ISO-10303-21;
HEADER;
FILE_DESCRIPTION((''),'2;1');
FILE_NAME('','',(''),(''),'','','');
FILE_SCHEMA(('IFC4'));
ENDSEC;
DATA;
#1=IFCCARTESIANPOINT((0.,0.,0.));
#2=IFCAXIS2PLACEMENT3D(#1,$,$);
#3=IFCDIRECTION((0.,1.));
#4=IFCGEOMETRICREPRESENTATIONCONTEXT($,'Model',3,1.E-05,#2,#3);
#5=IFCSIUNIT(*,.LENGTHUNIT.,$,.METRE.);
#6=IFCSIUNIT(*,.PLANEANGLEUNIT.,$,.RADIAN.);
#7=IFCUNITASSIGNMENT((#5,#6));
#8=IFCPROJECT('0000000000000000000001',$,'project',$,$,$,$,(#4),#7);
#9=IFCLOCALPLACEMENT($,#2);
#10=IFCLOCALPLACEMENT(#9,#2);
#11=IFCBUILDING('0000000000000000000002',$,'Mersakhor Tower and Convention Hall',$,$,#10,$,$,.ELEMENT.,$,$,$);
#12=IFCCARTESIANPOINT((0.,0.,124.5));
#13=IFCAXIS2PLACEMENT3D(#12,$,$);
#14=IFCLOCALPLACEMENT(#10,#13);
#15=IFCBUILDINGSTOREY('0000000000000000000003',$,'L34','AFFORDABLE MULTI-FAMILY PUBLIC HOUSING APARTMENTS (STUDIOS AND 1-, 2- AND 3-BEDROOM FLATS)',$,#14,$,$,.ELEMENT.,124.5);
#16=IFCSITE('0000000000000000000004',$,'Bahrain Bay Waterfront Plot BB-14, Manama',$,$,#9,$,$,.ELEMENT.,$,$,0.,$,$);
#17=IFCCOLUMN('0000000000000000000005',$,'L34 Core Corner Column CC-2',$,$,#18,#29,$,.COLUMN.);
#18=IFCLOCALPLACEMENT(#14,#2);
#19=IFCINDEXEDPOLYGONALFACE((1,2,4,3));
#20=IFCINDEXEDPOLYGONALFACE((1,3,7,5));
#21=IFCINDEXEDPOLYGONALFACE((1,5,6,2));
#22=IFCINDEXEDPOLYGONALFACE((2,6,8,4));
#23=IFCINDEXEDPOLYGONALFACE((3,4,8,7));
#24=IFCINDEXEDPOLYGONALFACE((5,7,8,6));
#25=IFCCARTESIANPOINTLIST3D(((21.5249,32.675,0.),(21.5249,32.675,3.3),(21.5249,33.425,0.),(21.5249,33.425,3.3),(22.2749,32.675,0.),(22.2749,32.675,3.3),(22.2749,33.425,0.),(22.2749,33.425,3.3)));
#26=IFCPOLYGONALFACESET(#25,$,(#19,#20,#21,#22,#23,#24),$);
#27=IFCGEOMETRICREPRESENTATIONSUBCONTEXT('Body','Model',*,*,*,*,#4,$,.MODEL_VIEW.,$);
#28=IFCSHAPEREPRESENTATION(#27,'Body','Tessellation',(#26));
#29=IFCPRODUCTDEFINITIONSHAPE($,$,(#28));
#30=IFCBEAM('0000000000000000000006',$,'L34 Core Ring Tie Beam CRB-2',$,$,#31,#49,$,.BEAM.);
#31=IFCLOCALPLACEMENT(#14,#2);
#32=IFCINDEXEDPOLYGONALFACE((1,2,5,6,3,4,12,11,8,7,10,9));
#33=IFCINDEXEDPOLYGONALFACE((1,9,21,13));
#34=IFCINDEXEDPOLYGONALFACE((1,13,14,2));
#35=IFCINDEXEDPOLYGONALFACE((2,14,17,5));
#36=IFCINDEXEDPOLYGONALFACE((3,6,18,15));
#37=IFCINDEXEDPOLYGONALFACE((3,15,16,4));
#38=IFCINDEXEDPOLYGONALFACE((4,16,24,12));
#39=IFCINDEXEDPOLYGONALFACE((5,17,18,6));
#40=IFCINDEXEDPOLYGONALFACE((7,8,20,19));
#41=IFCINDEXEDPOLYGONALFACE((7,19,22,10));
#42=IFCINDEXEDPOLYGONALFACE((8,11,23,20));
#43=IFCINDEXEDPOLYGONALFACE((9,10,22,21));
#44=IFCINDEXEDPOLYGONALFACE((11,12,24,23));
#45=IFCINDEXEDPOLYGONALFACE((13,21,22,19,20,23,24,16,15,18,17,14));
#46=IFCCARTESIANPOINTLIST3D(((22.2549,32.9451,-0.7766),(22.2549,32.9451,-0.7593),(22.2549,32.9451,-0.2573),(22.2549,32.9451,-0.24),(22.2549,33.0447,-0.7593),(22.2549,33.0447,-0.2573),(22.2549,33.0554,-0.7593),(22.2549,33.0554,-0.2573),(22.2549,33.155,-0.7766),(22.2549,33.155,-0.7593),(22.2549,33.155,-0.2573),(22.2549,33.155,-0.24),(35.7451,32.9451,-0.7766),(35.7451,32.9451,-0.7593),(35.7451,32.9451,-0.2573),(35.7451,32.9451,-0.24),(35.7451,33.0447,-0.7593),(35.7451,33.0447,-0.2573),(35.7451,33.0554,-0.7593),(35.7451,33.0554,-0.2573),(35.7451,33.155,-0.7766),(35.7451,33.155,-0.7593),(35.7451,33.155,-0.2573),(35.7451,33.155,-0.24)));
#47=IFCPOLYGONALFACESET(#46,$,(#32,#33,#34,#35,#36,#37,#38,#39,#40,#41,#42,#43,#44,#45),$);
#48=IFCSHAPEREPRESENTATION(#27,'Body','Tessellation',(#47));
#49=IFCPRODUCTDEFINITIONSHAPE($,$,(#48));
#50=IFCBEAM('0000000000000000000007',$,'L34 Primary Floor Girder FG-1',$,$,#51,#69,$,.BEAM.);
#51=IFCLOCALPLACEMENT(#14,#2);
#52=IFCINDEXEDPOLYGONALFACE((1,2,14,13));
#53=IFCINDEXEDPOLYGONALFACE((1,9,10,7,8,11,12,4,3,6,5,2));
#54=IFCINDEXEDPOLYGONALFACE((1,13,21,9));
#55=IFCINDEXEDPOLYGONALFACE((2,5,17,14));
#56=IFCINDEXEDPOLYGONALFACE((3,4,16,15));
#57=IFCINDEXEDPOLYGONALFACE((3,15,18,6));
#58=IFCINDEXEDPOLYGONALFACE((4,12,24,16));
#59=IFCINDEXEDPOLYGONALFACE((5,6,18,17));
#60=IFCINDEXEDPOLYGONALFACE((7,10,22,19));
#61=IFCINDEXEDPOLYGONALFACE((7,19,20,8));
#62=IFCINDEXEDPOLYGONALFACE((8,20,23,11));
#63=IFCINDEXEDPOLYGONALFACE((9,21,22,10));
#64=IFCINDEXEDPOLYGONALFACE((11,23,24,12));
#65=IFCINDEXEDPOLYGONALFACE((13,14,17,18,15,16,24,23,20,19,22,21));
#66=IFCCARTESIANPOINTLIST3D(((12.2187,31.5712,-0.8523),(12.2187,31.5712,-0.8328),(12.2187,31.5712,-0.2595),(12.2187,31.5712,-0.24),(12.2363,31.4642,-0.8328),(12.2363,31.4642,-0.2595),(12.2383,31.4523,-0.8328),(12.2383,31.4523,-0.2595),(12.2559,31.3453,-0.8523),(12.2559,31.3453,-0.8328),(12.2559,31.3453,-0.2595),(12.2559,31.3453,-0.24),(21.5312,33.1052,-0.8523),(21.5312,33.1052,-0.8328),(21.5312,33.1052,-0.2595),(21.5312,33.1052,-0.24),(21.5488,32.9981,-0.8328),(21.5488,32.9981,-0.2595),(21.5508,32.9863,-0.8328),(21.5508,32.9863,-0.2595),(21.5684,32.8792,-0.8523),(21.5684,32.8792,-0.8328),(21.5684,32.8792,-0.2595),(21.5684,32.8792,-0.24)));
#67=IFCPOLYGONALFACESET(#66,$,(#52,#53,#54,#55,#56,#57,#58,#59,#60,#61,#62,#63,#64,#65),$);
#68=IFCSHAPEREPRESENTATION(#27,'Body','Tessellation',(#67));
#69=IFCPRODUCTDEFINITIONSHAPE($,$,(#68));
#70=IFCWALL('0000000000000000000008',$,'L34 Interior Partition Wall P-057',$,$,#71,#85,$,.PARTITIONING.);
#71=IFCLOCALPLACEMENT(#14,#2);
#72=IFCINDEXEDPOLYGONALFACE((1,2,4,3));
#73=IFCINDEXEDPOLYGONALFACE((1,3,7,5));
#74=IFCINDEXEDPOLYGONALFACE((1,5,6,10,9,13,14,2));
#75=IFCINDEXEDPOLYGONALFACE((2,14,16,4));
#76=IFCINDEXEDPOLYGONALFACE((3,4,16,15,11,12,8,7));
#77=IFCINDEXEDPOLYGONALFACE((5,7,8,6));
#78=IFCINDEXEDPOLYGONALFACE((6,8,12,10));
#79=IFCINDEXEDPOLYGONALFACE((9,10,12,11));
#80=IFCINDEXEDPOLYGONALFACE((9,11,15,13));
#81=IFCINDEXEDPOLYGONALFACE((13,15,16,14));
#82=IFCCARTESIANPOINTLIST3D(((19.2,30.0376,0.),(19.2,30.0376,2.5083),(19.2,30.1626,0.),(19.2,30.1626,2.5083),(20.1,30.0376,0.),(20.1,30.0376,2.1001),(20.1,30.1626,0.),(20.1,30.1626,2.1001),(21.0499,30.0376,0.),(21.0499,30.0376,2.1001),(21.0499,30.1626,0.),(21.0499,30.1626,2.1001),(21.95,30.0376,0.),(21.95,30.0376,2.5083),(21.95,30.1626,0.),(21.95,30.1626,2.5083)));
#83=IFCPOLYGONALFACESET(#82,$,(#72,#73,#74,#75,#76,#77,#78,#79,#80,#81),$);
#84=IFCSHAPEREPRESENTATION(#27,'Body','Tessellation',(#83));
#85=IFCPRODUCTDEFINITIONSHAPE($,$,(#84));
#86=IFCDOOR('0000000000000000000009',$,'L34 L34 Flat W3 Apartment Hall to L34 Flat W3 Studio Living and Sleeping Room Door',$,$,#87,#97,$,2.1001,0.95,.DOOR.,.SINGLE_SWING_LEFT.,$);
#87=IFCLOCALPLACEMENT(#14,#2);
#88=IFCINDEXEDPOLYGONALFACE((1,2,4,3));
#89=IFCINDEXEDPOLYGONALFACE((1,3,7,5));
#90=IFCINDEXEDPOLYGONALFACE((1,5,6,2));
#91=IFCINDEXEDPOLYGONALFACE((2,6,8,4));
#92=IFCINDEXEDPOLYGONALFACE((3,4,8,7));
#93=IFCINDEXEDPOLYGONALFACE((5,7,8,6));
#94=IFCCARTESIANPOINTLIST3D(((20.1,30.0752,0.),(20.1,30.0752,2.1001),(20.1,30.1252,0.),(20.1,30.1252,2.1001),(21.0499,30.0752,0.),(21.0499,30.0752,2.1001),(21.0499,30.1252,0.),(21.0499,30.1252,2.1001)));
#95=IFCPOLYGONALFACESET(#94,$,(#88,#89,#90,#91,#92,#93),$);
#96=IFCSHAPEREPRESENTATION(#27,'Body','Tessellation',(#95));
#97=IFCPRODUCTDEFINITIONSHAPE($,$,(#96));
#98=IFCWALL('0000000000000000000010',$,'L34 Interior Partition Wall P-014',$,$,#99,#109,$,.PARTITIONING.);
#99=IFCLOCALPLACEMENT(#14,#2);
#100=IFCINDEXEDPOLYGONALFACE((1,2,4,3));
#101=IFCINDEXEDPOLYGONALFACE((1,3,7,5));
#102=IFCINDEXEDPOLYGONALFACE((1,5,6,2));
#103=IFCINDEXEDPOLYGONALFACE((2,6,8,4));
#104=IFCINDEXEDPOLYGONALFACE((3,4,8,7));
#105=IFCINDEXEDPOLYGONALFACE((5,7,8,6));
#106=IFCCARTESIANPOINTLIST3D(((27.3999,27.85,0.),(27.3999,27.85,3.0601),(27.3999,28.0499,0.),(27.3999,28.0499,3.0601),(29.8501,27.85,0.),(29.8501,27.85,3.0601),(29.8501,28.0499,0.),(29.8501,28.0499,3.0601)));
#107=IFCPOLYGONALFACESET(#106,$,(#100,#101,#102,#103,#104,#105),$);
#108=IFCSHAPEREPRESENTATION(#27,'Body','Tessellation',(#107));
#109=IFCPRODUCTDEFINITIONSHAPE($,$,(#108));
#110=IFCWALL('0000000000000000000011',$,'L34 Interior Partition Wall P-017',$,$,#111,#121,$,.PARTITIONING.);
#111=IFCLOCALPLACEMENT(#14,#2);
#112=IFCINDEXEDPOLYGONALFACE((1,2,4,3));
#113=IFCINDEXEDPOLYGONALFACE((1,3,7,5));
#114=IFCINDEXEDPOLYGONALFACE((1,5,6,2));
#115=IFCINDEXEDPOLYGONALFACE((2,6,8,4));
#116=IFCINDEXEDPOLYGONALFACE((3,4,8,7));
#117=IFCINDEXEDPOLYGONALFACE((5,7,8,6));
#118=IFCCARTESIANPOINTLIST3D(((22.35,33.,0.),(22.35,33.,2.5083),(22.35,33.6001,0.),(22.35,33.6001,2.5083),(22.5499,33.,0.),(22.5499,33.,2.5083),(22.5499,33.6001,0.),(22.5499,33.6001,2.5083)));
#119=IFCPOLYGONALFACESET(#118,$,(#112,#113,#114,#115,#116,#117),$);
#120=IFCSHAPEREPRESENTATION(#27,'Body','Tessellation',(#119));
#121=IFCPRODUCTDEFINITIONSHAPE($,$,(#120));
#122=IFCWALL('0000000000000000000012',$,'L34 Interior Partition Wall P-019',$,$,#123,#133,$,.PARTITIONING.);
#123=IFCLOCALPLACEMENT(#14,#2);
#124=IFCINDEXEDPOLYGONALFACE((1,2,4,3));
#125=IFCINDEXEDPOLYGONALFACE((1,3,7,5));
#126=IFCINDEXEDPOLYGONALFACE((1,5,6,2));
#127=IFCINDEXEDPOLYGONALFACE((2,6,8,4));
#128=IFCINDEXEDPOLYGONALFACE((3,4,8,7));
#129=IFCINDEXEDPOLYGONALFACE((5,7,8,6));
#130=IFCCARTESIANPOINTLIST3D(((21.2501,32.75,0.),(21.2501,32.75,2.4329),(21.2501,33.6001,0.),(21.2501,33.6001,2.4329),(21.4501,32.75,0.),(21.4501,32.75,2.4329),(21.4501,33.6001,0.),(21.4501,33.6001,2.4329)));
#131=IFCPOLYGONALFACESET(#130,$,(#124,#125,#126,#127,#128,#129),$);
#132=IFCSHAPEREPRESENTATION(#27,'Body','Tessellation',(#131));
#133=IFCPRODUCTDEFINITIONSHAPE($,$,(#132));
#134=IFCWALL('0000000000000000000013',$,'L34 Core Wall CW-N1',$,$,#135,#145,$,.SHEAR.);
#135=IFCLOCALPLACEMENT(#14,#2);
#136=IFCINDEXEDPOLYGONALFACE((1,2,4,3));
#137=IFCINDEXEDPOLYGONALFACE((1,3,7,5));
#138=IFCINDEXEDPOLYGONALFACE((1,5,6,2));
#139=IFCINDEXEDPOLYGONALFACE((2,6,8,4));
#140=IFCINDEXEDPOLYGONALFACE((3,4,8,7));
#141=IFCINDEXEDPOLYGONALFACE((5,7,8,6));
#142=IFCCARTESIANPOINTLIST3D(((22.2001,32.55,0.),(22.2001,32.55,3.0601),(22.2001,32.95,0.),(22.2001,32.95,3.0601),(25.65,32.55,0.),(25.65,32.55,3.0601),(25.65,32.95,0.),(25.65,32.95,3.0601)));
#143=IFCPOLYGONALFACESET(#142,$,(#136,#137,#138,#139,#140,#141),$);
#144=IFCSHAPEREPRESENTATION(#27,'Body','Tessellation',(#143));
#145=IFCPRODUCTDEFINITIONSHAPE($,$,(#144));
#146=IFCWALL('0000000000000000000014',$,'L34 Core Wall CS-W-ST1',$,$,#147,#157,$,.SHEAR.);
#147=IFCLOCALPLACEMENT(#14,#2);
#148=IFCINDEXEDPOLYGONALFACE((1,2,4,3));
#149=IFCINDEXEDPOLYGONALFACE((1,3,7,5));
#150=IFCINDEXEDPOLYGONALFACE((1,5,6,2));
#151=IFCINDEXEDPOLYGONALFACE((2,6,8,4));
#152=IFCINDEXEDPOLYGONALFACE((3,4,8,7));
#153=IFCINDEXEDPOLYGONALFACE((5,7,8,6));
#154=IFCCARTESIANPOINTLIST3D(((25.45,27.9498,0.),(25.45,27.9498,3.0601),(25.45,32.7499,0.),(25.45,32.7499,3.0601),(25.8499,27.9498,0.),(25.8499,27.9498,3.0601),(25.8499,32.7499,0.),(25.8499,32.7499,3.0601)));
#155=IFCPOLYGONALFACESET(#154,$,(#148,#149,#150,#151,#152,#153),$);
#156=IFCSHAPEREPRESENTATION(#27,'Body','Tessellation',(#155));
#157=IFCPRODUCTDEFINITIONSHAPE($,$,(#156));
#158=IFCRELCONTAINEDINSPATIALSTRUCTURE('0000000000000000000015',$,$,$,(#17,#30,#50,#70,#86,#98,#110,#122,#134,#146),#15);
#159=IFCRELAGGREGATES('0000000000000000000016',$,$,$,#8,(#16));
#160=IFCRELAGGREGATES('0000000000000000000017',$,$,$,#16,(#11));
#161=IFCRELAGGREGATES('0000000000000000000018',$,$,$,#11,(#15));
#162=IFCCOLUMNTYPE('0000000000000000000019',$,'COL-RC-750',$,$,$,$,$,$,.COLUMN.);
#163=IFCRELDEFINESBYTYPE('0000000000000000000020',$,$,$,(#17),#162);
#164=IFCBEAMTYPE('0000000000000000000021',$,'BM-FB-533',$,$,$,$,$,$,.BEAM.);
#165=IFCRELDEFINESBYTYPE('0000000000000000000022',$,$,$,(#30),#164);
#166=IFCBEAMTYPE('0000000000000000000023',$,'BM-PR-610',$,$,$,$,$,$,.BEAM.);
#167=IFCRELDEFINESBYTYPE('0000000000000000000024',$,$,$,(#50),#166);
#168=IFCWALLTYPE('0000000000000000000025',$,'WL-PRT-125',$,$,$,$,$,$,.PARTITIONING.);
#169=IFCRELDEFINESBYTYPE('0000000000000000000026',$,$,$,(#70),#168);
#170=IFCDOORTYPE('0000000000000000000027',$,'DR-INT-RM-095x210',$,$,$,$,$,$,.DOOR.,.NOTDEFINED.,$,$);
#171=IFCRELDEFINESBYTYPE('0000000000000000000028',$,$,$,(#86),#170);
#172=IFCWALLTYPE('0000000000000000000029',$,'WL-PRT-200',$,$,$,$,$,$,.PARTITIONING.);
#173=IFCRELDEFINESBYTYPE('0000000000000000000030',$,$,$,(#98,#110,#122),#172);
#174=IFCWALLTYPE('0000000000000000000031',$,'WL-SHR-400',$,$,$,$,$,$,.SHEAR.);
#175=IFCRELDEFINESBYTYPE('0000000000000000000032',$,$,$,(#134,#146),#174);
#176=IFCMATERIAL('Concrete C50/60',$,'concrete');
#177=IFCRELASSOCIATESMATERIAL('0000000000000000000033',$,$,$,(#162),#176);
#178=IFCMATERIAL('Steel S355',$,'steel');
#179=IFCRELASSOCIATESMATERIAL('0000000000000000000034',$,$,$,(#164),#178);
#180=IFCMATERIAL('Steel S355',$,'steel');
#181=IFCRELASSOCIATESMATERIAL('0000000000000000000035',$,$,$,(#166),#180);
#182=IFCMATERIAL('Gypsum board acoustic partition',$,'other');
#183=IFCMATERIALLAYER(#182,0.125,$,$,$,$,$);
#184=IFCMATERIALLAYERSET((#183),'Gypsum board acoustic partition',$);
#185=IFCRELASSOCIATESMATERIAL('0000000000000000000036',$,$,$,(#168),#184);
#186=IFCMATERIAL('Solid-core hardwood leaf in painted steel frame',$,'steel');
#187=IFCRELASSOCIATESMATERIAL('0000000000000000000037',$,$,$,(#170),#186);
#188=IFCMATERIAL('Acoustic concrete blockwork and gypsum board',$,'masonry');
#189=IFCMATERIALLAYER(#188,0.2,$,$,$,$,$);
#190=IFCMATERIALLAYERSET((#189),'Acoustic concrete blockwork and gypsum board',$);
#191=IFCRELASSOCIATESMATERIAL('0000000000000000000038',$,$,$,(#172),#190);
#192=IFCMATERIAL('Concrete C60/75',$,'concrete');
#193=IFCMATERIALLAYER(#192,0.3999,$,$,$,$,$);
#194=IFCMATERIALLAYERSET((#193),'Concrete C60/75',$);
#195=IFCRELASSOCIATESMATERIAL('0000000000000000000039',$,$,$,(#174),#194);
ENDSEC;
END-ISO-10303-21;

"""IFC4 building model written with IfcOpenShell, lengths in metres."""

from ifc_helpers import new_model, si_unit, direction, frame, frame_2d, origin, origin_2d, place, context, subcontext, project, spatial, rectangle, i_section, extrude, material, layer, layer_set, material_profile, profile_set, type_object, element, fill, save


model = new_model("IFC4")

# Units and contexts
model_context = context("Model", 3, precision=1e-05, world=origin(), true_north=direction((0.0, 1.0)))
body_context = subcontext(model_context, "Body", "Model", "MODEL_VIEW")
ifc_project = project(units=[si_unit("LENGTHUNIT", "METRE"), si_unit("PLANEANGLEUNIT", "RADIAN")], contexts=[model_context])

# Site, building, storey
site_placement = place(None, origin())
site = spatial("IfcSite", under=ifc_project, at=site_placement, Name="Bahrain Bay Waterfront Plot BB-14, Manama", CompositionType="ELEMENT", RefElevation=0.0)
building_placement = place(site_placement, origin())
building = spatial("IfcBuilding", under=site, at=building_placement, Name="Mersakhor Tower and Convention Hall", CompositionType="ELEMENT")
storey_placement = place(building_placement, frame((0.0, 0.0, 124.5)))
storey = spatial("IfcBuildingStorey", under=building, at=storey_placement, Name="L34", Description="AFFORDABLE MULTI-FAMILY PUBLIC HOUSING APARTMENTS (STUDIOS AND 1-, 2- AND 3-BEDROOM FLATS)", CompositionType="ELEMENT", Elevation=124.5)

# Column
ifc_material_1 = material(Name="Concrete C50/60", Category="concrete")
ifc_material_profile_1 = material_profile(ifc_material_1, rectangle(XDim=0.75, YDim=0.75, at=origin_2d()), Name="RC 750x750")
ifc_profile_set_1 = profile_set([ifc_material_profile_1], Name="Concrete C50/60")
column_type = type_object("IfcColumnType", Name="COL-RC-750", PredefinedType="COLUMN", material=ifc_profile_set_1)
column_placement = place(storey_placement, frame((21.8999, 33.05, 0.0), z_axis=(0.0, 0.0, 1.0), x_axis=(1.0, 0.0, 0.0)))
element("IfcColumn", 1, at=column_placement, inside=storey, type_object=column_type, Name="L34 Core Corner Column CC-2", PredefinedType="COLUMN", context=body_context, shape_type="SweptSolid", body=[
    extrude(rectangle(XDim=0.75, YDim=0.75, at=origin_2d()), origin(), (0.0, 0.0, 1.0), 3.3),
])

# Beams
ifc_material_2 = material(Name="Steel S355", Category="steel")
ifc_material_profile_2 = material_profile(ifc_material_2, i_section(OverallWidth=0.21, OverallDepth=0.5366, WebThickness=0.0107, FlangeThickness=0.0173, at=origin_2d()), Name="UB 533x210x101")
ifc_profile_set_2 = profile_set([ifc_material_profile_2], Name="Steel S355")
beam_type_1 = type_object("IfcBeamType", Name="BM-FB-533", PredefinedType="BEAM", material=ifc_profile_set_2)
beam_1_placement = place(storey_placement, frame((22.2549, 33.05, -0.5083), z_axis=(1.0, 0.0, 0.0), x_axis=(0.0, 1.0, 0.0)))
element("IfcBeam", 2, at=beam_1_placement, inside=storey, type_object=beam_type_1, Name="L34 Core Ring Tie Beam CRB-2", PredefinedType="BEAM", context=body_context, shape_type="SweptSolid", body=[
    extrude(i_section(OverallWidth=0.21, OverallDepth=0.5366, WebThickness=0.0107, FlangeThickness=0.0173, at=origin_2d()), origin(), (0.0, 0.0, 1.0), 13.4902),
])
ifc_material_3 = material(Name="Steel S355", Category="steel")
ifc_material_profile_3 = material_profile(ifc_material_3, i_section(OverallWidth=0.229, OverallDepth=0.6123, WebThickness=0.012, FlangeThickness=0.0195, at=origin_2d()), Name="UB 610x229x125")
ifc_profile_set_3 = profile_set([ifc_material_profile_3], Name="Steel S355")
beam_type_2 = type_object("IfcBeamType", Name="BM-PR-610", PredefinedType="BEAM", material=ifc_profile_set_3)
beam_2_placement = place(storey_placement, frame((21.5498, 32.9922, -0.5461), z_axis=(-0.986704, -0.162528, 0.0), x_axis=(0.162528, -0.986704, 0.0)))
element("IfcBeam", 3, at=beam_2_placement, inside=storey, type_object=beam_type_2, Name="L34 Primary Floor Girder FG-1", PredefinedType="BEAM", context=body_context, shape_type="SweptSolid", body=[
    extrude(i_section(OverallWidth=0.229, OverallDepth=0.6123, WebThickness=0.012, FlangeThickness=0.0195, at=origin_2d()), origin(), (0.0, 0.0, 1.0), 9.438),
])

# Wall, opening, door
ifc_material_4 = material(Name="Gypsum board acoustic partition", Category="other")
ifc_layer_1 = layer(ifc_material_4, 0.125)
ifc_layer_set_1 = layer_set([ifc_layer_1], Name="Gypsum board acoustic partition")
wall_type_1 = type_object("IfcWallType", Name="WL-PRT-125", PredefinedType="PARTITIONING", material=ifc_layer_set_1)
wall_1_placement = place(storey_placement, frame((21.95, 30.1001, 0.0), z_axis=(0.0, 0.0, 1.0), x_axis=(-1.0, 0.0, 0.0)))
wall_1 = element("IfcWall", 4, at=wall_1_placement, inside=storey, type_object=wall_type_1, Name="L34 Interior Partition Wall P-057", PredefinedType="PARTITIONING", context=body_context, shape_type="SweptSolid", body=[
    extrude(rectangle(XDim=2.75, YDim=0.125, at=frame_2d((1.375, 0.0))), origin(), (0.0, 0.0, 1.0), 2.5083),
])
opening_1_placement = place(wall_1_placement, frame((0.8999, 0.0, 0.0)))
opening_1 = element("IfcOpeningElement", 5, at=opening_1_placement, cuts=wall_1, PredefinedType="OPENING", context=body_context, shape_type="SweptSolid", body=[
    extrude(rectangle(XDim=0.95, YDim=2.1001, at=frame_2d((0.4751, 1.05))), frame((0.0, 0.0725, 0.0), z_axis=(0.0, -1.0, 0.0), x_axis=(1.0, 0.0, 0.0)), (0.0, 0.0, 1.0), 0.145),
])
ifc_material_5 = material(Name="Solid-core hardwood leaf in painted steel frame", Category="steel")
door_type_1 = type_object("IfcDoorType", Name="DR-INT-RM-095x210", OperationType="NOTDEFINED", PredefinedType="DOOR", material=ifc_material_5)
door_1_placement = place(opening_1_placement, origin())
door_1 = element("IfcDoor", 6, at=door_1_placement, inside=storey, type_object=door_type_1, Name="L34 L34 Flat W3 Apartment Hall to L34 Flat W3 Studio Living and Sleeping Room Door", OperationType="SINGLE_SWING_LEFT", OverallHeight=2.1001, OverallWidth=0.95, PredefinedType="DOOR", context=body_context, shape_type="SweptSolid", body=[
    extrude(rectangle(XDim=0.95, YDim=2.1001, at=frame_2d((0.4751, 1.05))), frame((0.0, 0.0249, 0.0), z_axis=(0.0, -1.0, 0.0), x_axis=(1.0, 0.0, 0.0)), (0.0, 0.0, 1.0), 0.05),
])
fill(opening_1, door_1)
ifc_material_6 = material(Name="Acoustic concrete blockwork and gypsum board", Category="masonry")
ifc_layer_2 = layer(ifc_material_6, 0.2)
ifc_layer_set_2 = layer_set([ifc_layer_2], Name="Acoustic concrete blockwork and gypsum board")
wall_type_2 = type_object("IfcWallType", Name="WL-PRT-200", PredefinedType="PARTITIONING", material=ifc_layer_set_2)

# Walls
wall_2_placement = place(storey_placement, frame((27.3999, 27.95, 0.0), z_axis=(0.0, 0.0, 1.0), x_axis=(1.0, 0.0, 0.0)))
element("IfcWall", 7, at=wall_2_placement, inside=storey, type_object=wall_type_2, Name="L34 Interior Partition Wall P-014", PredefinedType="PARTITIONING", context=body_context, shape_type="SweptSolid", body=[
    extrude(rectangle(XDim=2.4502, YDim=0.2, at=frame_2d((1.2251, 0.0))), origin(), (0.0, 0.0, 1.0), 3.0601),
])
wall_3_placement = place(storey_placement, frame((22.45, 33.0, 0.0), z_axis=(0.0, 0.0, 1.0), x_axis=(0.0, 1.0, 0.0)))
element("IfcWall", 8, at=wall_3_placement, inside=storey, type_object=wall_type_2, Name="L34 Interior Partition Wall P-017", PredefinedType="PARTITIONING", context=body_context, shape_type="SweptSolid", body=[
    extrude(rectangle(XDim=0.6001, YDim=0.2, at=frame_2d((0.3, 0.0))), origin(), (0.0, 0.0, 1.0), 2.5083),
])
wall_4_placement = place(storey_placement, frame((21.3501, 33.6001, 0.0), z_axis=(0.0, 0.0, 1.0), x_axis=(0.0, -1.0, 0.0)))
element("IfcWall", 9, at=wall_4_placement, inside=storey, type_object=wall_type_2, Name="L34 Interior Partition Wall P-019", PredefinedType="PARTITIONING", context=body_context, shape_type="SweptSolid", body=[
    extrude(rectangle(XDim=0.8501, YDim=0.2, at=frame_2d((0.425, 0.0))), origin(), (0.0, 0.0, 1.0), 2.4329),
])
ifc_material_7 = material(Name="Concrete C60/75", Category="concrete")
ifc_layer_3 = layer(ifc_material_7, 0.3999)
ifc_layer_set_3 = layer_set([ifc_layer_3], Name="Concrete C60/75")
wall_type_3 = type_object("IfcWallType", Name="WL-SHR-400", PredefinedType="SHEAR", material=ifc_layer_set_3)
wall_5_placement = place(storey_placement, frame((22.2, 32.75, 0.0), z_axis=(0.0, 0.0, 1.0), x_axis=(1.0, 0.0, 0.0)))
element("IfcWall", 10, at=wall_5_placement, inside=storey, type_object=wall_type_3, Name="L34 Core Wall CW-N1", PredefinedType="SHEAR", context=body_context, shape_type="SweptSolid", body=[
    extrude(rectangle(XDim=3.45, YDim=0.3999, at=frame_2d((1.7251, 0.0))), origin(), (0.0, 0.0, 1.0), 3.0601),
])

# Wall
wall_6_placement = place(storey_placement, frame((25.6499, 27.95, 0.0), z_axis=(0.0, 0.0, 1.0), x_axis=(0.0, 1.0, 0.0)))
element("IfcWall", 11, at=wall_6_placement, inside=storey, type_object=wall_type_3, Name="L34 Core Wall CS-W-ST1", PredefinedType="SHEAR", context=body_context, shape_type="SweptSolid", body=[
    extrude(rectangle(XDim=4.8, YDim=0.3999, at=frame_2d((2.3999, 0.0))), origin(), (0.0, 0.0, 1.0), 3.0601),
])

save(model, "model.ifc")
